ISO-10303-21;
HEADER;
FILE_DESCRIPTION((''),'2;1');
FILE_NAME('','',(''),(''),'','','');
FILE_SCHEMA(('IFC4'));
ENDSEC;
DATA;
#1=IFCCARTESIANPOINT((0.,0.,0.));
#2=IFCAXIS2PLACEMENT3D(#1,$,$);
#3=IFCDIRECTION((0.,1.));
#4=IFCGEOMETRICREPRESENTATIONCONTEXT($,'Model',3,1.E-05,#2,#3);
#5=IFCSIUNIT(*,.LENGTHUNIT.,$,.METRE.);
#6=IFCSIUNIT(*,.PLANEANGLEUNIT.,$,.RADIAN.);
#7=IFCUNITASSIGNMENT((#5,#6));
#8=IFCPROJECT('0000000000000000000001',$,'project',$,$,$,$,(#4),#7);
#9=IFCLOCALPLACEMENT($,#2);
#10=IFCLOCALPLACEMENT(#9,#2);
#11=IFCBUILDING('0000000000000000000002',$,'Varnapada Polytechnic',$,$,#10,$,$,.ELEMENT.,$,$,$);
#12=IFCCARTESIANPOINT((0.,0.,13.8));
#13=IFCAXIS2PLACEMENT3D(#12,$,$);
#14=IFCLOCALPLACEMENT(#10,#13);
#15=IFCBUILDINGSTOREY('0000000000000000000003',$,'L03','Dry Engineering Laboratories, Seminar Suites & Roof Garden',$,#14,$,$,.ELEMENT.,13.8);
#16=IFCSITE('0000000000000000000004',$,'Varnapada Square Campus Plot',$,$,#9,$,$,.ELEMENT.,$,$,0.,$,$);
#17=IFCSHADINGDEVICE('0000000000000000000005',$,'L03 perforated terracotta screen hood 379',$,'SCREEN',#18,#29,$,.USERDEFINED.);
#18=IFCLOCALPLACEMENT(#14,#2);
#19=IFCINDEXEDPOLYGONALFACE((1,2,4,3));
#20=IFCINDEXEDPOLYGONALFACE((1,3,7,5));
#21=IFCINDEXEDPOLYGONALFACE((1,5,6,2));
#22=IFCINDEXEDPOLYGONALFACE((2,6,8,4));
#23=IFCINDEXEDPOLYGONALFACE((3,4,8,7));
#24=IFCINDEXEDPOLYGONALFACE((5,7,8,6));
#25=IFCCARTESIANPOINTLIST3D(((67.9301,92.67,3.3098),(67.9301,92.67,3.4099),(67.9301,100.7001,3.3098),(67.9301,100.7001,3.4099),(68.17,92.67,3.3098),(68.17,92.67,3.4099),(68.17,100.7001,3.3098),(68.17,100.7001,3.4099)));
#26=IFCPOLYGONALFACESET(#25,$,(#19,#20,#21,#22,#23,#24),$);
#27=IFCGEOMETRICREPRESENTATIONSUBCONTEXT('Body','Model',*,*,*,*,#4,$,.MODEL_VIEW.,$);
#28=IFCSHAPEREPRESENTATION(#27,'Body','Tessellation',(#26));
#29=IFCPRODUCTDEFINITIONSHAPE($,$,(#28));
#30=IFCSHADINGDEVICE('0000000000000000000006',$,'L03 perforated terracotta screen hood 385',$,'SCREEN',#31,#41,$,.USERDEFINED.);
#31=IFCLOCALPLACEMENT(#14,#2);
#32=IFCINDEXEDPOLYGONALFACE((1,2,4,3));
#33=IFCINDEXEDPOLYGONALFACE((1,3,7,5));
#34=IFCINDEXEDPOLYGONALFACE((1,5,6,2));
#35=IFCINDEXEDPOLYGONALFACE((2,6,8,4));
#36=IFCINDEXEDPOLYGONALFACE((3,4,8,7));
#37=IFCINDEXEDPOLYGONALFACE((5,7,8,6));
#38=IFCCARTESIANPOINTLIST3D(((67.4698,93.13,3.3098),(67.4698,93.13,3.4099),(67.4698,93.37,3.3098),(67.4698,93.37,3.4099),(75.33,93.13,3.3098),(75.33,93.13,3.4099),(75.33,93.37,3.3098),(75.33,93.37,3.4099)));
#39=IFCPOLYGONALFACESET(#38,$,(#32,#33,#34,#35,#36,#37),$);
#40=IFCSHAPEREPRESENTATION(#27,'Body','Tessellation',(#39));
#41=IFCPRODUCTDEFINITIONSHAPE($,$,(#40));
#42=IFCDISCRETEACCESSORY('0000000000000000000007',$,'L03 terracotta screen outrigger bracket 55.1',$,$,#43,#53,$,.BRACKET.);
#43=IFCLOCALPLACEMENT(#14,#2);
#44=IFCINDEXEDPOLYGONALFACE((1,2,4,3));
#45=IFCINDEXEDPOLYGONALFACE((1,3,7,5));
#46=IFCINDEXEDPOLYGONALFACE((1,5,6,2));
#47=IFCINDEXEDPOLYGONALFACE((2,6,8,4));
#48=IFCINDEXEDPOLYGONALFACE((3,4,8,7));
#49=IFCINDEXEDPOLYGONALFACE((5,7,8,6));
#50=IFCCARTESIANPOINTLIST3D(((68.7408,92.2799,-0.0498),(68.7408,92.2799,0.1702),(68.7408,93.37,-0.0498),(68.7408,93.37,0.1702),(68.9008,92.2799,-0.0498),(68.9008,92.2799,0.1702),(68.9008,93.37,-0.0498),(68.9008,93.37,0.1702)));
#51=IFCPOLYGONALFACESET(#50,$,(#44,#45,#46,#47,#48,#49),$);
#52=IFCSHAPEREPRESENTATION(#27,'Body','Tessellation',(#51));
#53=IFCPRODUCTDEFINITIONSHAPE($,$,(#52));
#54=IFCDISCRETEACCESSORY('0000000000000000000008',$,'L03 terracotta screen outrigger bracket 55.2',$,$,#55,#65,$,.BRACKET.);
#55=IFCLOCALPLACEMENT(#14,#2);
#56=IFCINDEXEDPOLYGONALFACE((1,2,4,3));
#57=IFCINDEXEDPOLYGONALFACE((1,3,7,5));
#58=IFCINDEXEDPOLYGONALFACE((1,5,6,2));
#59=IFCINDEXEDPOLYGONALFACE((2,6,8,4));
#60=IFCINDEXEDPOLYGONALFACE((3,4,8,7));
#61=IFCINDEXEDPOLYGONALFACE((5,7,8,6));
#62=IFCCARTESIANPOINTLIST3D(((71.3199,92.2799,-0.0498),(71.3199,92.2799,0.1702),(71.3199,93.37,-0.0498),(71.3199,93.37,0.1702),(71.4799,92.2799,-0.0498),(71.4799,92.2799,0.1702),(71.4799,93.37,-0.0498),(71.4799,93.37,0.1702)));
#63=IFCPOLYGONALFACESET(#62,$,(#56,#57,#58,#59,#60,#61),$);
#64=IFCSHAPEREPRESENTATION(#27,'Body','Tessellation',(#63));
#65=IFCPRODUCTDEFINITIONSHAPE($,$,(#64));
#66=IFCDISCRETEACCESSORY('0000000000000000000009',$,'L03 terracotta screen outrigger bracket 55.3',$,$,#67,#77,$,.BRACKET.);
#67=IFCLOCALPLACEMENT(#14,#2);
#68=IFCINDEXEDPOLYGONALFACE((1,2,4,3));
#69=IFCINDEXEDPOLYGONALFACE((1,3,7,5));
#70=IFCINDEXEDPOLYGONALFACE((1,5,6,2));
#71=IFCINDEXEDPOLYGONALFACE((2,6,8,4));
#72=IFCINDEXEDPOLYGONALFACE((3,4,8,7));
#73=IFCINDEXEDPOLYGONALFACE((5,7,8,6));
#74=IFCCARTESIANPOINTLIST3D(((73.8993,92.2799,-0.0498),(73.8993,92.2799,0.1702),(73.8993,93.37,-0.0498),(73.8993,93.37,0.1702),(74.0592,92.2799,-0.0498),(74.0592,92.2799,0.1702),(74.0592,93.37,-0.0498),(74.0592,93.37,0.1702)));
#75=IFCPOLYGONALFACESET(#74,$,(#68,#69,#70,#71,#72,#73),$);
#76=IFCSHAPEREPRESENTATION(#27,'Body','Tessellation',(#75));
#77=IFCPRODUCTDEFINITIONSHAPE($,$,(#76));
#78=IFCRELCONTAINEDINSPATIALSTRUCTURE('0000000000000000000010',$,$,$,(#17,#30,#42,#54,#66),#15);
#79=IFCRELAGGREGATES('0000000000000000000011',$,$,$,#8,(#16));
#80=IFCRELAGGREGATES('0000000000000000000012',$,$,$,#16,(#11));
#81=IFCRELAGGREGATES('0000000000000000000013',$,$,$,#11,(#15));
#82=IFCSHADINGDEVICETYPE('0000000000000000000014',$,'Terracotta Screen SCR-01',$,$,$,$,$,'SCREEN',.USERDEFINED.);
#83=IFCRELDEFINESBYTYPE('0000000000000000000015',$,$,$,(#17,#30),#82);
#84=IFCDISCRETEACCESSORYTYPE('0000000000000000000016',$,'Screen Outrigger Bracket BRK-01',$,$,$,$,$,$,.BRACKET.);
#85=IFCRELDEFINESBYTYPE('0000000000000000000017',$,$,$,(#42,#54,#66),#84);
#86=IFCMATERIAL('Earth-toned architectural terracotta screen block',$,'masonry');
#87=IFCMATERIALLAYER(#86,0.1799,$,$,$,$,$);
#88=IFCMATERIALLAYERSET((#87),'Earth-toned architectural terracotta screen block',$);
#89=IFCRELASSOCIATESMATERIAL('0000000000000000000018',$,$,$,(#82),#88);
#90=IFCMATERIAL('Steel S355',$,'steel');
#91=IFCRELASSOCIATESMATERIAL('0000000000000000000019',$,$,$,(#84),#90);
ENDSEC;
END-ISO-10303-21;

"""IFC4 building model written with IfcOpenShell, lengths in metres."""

from ifc_helpers import new_model, si_unit, direction, frame, origin, origin_2d, place, context, subcontext, project, spatial, rectangle, extrude, material, layer, layer_set, type_object, element, save


model = new_model("IFC4")

# Units and contexts
model_context = context("Model", 3, precision=1e-05, world=origin(), true_north=direction((0.0, 1.0)))
body_context = subcontext(model_context, "Body", "Model", "MODEL_VIEW")
ifc_project = project(units=[si_unit("LENGTHUNIT", "METRE"), si_unit("PLANEANGLEUNIT", "RADIAN")], contexts=[model_context])

# Site, building, storey
site_placement = place(None, origin())
site = spatial("IfcSite", under=ifc_project, at=site_placement, Name="Varnapada Square Campus Plot", CompositionType="ELEMENT", RefElevation=0.0)
building_placement = place(site_placement, origin())
building = spatial("IfcBuilding", under=site, at=building_placement, Name="Varnapada Polytechnic", CompositionType="ELEMENT")
storey_placement = place(building_placement, frame((0.0, 0.0, 13.8)))
storey = spatial("IfcBuildingStorey", under=building, at=storey_placement, Name="L03", Description="Dry Engineering Laboratories, Seminar Suites & Roof Garden", CompositionType="ELEMENT", Elevation=13.8)

# Shared definitions
ifc_material_1 = material(Name="Earth-toned architectural terracotta screen block", Category="masonry")

# Shading devices
ifc_layer_1 = layer(ifc_material_1, 0.1799)
ifc_layer_set_1 = layer_set([ifc_layer_1], Name="Earth-toned architectural terracotta screen block")
shading_device_type_1 = type_object("IfcShadingDeviceType", Name="Terracotta Screen SCR-01", ElementType="SCREEN", PredefinedType="USERDEFINED", material=ifc_layer_set_1)
shading_device_1_placement = place(storey_placement, frame((68.05, 96.6851, 3.3098), z_axis=(0.0, 0.0, 1.0), x_axis=(0.0, -1.0, 0.0)))
element("IfcShadingDevice", 1, at=shading_device_1_placement, inside=storey, type_object=shading_device_type_1, Name="L03 perforated terracotta screen hood 379", ObjectType="SCREEN", PredefinedType="USERDEFINED", context=body_context, shape_type="SweptSolid", body=[
    extrude(rectangle(XDim=8.03, YDim=0.24, at=origin_2d()), origin(), (0.0, 0.0, 1.0), 0.1001),
])
shading_device_2_placement = place(storey_placement, frame((71.3999, 93.25, 3.3098), z_axis=(0.0, 0.0, 1.0), x_axis=(1.0, 0.0, 0.0)))
element("IfcShadingDevice", 2, at=shading_device_2_placement, inside=storey, type_object=shading_device_type_1, Name="L03 perforated terracotta screen hood 385", ObjectType="SCREEN", PredefinedType="USERDEFINED", context=body_context, shape_type="SweptSolid", body=[
    extrude(rectangle(XDim=7.8601, YDim=0.24, at=origin_2d()), origin(), (0.0, 0.0, 1.0), 0.1001),
])

# Discrete accessories
ifc_material_2 = material(Name="Steel S355", Category="steel")
discrete_accessory_type = type_object("IfcDiscreteAccessoryType", Name="Screen Outrigger Bracket BRK-01", PredefinedType="BRACKET", material=ifc_material_2)
for number, where, z_axis, x_axis, name in (
    (3, (68.8208, 92.825, -0.0498), (0.0, 0.0, 1.0), (1.0, 0.0, 0.0), "L03 terracotta screen outrigger bracket 55.1"),
    (4, (71.3999, 92.825, -0.0498), (0.0, 0.0, 1.0), (1.0, 0.0, 0.0), "L03 terracotta screen outrigger bracket 55.2"),
    (5, (73.9792, 92.825, -0.0498), (0.0, 0.0, 1.0), (1.0, 0.0, 0.0), "L03 terracotta screen outrigger bracket 55.3"),
):
    element("IfcDiscreteAccessory", number, at=place(storey_placement, frame(where, z_axis=z_axis, x_axis=x_axis)), inside=storey, type_object=discrete_accessory_type, Name=name, PredefinedType="BRACKET", context=body_context, shape_type="SweptSolid", body=[
        extrude(rectangle(XDim=0.1599, YDim=1.0901, at=origin_2d()), origin(), (0.0, 0.0, 1.0), 0.22),
    ])

save(model, "model.ifc")
